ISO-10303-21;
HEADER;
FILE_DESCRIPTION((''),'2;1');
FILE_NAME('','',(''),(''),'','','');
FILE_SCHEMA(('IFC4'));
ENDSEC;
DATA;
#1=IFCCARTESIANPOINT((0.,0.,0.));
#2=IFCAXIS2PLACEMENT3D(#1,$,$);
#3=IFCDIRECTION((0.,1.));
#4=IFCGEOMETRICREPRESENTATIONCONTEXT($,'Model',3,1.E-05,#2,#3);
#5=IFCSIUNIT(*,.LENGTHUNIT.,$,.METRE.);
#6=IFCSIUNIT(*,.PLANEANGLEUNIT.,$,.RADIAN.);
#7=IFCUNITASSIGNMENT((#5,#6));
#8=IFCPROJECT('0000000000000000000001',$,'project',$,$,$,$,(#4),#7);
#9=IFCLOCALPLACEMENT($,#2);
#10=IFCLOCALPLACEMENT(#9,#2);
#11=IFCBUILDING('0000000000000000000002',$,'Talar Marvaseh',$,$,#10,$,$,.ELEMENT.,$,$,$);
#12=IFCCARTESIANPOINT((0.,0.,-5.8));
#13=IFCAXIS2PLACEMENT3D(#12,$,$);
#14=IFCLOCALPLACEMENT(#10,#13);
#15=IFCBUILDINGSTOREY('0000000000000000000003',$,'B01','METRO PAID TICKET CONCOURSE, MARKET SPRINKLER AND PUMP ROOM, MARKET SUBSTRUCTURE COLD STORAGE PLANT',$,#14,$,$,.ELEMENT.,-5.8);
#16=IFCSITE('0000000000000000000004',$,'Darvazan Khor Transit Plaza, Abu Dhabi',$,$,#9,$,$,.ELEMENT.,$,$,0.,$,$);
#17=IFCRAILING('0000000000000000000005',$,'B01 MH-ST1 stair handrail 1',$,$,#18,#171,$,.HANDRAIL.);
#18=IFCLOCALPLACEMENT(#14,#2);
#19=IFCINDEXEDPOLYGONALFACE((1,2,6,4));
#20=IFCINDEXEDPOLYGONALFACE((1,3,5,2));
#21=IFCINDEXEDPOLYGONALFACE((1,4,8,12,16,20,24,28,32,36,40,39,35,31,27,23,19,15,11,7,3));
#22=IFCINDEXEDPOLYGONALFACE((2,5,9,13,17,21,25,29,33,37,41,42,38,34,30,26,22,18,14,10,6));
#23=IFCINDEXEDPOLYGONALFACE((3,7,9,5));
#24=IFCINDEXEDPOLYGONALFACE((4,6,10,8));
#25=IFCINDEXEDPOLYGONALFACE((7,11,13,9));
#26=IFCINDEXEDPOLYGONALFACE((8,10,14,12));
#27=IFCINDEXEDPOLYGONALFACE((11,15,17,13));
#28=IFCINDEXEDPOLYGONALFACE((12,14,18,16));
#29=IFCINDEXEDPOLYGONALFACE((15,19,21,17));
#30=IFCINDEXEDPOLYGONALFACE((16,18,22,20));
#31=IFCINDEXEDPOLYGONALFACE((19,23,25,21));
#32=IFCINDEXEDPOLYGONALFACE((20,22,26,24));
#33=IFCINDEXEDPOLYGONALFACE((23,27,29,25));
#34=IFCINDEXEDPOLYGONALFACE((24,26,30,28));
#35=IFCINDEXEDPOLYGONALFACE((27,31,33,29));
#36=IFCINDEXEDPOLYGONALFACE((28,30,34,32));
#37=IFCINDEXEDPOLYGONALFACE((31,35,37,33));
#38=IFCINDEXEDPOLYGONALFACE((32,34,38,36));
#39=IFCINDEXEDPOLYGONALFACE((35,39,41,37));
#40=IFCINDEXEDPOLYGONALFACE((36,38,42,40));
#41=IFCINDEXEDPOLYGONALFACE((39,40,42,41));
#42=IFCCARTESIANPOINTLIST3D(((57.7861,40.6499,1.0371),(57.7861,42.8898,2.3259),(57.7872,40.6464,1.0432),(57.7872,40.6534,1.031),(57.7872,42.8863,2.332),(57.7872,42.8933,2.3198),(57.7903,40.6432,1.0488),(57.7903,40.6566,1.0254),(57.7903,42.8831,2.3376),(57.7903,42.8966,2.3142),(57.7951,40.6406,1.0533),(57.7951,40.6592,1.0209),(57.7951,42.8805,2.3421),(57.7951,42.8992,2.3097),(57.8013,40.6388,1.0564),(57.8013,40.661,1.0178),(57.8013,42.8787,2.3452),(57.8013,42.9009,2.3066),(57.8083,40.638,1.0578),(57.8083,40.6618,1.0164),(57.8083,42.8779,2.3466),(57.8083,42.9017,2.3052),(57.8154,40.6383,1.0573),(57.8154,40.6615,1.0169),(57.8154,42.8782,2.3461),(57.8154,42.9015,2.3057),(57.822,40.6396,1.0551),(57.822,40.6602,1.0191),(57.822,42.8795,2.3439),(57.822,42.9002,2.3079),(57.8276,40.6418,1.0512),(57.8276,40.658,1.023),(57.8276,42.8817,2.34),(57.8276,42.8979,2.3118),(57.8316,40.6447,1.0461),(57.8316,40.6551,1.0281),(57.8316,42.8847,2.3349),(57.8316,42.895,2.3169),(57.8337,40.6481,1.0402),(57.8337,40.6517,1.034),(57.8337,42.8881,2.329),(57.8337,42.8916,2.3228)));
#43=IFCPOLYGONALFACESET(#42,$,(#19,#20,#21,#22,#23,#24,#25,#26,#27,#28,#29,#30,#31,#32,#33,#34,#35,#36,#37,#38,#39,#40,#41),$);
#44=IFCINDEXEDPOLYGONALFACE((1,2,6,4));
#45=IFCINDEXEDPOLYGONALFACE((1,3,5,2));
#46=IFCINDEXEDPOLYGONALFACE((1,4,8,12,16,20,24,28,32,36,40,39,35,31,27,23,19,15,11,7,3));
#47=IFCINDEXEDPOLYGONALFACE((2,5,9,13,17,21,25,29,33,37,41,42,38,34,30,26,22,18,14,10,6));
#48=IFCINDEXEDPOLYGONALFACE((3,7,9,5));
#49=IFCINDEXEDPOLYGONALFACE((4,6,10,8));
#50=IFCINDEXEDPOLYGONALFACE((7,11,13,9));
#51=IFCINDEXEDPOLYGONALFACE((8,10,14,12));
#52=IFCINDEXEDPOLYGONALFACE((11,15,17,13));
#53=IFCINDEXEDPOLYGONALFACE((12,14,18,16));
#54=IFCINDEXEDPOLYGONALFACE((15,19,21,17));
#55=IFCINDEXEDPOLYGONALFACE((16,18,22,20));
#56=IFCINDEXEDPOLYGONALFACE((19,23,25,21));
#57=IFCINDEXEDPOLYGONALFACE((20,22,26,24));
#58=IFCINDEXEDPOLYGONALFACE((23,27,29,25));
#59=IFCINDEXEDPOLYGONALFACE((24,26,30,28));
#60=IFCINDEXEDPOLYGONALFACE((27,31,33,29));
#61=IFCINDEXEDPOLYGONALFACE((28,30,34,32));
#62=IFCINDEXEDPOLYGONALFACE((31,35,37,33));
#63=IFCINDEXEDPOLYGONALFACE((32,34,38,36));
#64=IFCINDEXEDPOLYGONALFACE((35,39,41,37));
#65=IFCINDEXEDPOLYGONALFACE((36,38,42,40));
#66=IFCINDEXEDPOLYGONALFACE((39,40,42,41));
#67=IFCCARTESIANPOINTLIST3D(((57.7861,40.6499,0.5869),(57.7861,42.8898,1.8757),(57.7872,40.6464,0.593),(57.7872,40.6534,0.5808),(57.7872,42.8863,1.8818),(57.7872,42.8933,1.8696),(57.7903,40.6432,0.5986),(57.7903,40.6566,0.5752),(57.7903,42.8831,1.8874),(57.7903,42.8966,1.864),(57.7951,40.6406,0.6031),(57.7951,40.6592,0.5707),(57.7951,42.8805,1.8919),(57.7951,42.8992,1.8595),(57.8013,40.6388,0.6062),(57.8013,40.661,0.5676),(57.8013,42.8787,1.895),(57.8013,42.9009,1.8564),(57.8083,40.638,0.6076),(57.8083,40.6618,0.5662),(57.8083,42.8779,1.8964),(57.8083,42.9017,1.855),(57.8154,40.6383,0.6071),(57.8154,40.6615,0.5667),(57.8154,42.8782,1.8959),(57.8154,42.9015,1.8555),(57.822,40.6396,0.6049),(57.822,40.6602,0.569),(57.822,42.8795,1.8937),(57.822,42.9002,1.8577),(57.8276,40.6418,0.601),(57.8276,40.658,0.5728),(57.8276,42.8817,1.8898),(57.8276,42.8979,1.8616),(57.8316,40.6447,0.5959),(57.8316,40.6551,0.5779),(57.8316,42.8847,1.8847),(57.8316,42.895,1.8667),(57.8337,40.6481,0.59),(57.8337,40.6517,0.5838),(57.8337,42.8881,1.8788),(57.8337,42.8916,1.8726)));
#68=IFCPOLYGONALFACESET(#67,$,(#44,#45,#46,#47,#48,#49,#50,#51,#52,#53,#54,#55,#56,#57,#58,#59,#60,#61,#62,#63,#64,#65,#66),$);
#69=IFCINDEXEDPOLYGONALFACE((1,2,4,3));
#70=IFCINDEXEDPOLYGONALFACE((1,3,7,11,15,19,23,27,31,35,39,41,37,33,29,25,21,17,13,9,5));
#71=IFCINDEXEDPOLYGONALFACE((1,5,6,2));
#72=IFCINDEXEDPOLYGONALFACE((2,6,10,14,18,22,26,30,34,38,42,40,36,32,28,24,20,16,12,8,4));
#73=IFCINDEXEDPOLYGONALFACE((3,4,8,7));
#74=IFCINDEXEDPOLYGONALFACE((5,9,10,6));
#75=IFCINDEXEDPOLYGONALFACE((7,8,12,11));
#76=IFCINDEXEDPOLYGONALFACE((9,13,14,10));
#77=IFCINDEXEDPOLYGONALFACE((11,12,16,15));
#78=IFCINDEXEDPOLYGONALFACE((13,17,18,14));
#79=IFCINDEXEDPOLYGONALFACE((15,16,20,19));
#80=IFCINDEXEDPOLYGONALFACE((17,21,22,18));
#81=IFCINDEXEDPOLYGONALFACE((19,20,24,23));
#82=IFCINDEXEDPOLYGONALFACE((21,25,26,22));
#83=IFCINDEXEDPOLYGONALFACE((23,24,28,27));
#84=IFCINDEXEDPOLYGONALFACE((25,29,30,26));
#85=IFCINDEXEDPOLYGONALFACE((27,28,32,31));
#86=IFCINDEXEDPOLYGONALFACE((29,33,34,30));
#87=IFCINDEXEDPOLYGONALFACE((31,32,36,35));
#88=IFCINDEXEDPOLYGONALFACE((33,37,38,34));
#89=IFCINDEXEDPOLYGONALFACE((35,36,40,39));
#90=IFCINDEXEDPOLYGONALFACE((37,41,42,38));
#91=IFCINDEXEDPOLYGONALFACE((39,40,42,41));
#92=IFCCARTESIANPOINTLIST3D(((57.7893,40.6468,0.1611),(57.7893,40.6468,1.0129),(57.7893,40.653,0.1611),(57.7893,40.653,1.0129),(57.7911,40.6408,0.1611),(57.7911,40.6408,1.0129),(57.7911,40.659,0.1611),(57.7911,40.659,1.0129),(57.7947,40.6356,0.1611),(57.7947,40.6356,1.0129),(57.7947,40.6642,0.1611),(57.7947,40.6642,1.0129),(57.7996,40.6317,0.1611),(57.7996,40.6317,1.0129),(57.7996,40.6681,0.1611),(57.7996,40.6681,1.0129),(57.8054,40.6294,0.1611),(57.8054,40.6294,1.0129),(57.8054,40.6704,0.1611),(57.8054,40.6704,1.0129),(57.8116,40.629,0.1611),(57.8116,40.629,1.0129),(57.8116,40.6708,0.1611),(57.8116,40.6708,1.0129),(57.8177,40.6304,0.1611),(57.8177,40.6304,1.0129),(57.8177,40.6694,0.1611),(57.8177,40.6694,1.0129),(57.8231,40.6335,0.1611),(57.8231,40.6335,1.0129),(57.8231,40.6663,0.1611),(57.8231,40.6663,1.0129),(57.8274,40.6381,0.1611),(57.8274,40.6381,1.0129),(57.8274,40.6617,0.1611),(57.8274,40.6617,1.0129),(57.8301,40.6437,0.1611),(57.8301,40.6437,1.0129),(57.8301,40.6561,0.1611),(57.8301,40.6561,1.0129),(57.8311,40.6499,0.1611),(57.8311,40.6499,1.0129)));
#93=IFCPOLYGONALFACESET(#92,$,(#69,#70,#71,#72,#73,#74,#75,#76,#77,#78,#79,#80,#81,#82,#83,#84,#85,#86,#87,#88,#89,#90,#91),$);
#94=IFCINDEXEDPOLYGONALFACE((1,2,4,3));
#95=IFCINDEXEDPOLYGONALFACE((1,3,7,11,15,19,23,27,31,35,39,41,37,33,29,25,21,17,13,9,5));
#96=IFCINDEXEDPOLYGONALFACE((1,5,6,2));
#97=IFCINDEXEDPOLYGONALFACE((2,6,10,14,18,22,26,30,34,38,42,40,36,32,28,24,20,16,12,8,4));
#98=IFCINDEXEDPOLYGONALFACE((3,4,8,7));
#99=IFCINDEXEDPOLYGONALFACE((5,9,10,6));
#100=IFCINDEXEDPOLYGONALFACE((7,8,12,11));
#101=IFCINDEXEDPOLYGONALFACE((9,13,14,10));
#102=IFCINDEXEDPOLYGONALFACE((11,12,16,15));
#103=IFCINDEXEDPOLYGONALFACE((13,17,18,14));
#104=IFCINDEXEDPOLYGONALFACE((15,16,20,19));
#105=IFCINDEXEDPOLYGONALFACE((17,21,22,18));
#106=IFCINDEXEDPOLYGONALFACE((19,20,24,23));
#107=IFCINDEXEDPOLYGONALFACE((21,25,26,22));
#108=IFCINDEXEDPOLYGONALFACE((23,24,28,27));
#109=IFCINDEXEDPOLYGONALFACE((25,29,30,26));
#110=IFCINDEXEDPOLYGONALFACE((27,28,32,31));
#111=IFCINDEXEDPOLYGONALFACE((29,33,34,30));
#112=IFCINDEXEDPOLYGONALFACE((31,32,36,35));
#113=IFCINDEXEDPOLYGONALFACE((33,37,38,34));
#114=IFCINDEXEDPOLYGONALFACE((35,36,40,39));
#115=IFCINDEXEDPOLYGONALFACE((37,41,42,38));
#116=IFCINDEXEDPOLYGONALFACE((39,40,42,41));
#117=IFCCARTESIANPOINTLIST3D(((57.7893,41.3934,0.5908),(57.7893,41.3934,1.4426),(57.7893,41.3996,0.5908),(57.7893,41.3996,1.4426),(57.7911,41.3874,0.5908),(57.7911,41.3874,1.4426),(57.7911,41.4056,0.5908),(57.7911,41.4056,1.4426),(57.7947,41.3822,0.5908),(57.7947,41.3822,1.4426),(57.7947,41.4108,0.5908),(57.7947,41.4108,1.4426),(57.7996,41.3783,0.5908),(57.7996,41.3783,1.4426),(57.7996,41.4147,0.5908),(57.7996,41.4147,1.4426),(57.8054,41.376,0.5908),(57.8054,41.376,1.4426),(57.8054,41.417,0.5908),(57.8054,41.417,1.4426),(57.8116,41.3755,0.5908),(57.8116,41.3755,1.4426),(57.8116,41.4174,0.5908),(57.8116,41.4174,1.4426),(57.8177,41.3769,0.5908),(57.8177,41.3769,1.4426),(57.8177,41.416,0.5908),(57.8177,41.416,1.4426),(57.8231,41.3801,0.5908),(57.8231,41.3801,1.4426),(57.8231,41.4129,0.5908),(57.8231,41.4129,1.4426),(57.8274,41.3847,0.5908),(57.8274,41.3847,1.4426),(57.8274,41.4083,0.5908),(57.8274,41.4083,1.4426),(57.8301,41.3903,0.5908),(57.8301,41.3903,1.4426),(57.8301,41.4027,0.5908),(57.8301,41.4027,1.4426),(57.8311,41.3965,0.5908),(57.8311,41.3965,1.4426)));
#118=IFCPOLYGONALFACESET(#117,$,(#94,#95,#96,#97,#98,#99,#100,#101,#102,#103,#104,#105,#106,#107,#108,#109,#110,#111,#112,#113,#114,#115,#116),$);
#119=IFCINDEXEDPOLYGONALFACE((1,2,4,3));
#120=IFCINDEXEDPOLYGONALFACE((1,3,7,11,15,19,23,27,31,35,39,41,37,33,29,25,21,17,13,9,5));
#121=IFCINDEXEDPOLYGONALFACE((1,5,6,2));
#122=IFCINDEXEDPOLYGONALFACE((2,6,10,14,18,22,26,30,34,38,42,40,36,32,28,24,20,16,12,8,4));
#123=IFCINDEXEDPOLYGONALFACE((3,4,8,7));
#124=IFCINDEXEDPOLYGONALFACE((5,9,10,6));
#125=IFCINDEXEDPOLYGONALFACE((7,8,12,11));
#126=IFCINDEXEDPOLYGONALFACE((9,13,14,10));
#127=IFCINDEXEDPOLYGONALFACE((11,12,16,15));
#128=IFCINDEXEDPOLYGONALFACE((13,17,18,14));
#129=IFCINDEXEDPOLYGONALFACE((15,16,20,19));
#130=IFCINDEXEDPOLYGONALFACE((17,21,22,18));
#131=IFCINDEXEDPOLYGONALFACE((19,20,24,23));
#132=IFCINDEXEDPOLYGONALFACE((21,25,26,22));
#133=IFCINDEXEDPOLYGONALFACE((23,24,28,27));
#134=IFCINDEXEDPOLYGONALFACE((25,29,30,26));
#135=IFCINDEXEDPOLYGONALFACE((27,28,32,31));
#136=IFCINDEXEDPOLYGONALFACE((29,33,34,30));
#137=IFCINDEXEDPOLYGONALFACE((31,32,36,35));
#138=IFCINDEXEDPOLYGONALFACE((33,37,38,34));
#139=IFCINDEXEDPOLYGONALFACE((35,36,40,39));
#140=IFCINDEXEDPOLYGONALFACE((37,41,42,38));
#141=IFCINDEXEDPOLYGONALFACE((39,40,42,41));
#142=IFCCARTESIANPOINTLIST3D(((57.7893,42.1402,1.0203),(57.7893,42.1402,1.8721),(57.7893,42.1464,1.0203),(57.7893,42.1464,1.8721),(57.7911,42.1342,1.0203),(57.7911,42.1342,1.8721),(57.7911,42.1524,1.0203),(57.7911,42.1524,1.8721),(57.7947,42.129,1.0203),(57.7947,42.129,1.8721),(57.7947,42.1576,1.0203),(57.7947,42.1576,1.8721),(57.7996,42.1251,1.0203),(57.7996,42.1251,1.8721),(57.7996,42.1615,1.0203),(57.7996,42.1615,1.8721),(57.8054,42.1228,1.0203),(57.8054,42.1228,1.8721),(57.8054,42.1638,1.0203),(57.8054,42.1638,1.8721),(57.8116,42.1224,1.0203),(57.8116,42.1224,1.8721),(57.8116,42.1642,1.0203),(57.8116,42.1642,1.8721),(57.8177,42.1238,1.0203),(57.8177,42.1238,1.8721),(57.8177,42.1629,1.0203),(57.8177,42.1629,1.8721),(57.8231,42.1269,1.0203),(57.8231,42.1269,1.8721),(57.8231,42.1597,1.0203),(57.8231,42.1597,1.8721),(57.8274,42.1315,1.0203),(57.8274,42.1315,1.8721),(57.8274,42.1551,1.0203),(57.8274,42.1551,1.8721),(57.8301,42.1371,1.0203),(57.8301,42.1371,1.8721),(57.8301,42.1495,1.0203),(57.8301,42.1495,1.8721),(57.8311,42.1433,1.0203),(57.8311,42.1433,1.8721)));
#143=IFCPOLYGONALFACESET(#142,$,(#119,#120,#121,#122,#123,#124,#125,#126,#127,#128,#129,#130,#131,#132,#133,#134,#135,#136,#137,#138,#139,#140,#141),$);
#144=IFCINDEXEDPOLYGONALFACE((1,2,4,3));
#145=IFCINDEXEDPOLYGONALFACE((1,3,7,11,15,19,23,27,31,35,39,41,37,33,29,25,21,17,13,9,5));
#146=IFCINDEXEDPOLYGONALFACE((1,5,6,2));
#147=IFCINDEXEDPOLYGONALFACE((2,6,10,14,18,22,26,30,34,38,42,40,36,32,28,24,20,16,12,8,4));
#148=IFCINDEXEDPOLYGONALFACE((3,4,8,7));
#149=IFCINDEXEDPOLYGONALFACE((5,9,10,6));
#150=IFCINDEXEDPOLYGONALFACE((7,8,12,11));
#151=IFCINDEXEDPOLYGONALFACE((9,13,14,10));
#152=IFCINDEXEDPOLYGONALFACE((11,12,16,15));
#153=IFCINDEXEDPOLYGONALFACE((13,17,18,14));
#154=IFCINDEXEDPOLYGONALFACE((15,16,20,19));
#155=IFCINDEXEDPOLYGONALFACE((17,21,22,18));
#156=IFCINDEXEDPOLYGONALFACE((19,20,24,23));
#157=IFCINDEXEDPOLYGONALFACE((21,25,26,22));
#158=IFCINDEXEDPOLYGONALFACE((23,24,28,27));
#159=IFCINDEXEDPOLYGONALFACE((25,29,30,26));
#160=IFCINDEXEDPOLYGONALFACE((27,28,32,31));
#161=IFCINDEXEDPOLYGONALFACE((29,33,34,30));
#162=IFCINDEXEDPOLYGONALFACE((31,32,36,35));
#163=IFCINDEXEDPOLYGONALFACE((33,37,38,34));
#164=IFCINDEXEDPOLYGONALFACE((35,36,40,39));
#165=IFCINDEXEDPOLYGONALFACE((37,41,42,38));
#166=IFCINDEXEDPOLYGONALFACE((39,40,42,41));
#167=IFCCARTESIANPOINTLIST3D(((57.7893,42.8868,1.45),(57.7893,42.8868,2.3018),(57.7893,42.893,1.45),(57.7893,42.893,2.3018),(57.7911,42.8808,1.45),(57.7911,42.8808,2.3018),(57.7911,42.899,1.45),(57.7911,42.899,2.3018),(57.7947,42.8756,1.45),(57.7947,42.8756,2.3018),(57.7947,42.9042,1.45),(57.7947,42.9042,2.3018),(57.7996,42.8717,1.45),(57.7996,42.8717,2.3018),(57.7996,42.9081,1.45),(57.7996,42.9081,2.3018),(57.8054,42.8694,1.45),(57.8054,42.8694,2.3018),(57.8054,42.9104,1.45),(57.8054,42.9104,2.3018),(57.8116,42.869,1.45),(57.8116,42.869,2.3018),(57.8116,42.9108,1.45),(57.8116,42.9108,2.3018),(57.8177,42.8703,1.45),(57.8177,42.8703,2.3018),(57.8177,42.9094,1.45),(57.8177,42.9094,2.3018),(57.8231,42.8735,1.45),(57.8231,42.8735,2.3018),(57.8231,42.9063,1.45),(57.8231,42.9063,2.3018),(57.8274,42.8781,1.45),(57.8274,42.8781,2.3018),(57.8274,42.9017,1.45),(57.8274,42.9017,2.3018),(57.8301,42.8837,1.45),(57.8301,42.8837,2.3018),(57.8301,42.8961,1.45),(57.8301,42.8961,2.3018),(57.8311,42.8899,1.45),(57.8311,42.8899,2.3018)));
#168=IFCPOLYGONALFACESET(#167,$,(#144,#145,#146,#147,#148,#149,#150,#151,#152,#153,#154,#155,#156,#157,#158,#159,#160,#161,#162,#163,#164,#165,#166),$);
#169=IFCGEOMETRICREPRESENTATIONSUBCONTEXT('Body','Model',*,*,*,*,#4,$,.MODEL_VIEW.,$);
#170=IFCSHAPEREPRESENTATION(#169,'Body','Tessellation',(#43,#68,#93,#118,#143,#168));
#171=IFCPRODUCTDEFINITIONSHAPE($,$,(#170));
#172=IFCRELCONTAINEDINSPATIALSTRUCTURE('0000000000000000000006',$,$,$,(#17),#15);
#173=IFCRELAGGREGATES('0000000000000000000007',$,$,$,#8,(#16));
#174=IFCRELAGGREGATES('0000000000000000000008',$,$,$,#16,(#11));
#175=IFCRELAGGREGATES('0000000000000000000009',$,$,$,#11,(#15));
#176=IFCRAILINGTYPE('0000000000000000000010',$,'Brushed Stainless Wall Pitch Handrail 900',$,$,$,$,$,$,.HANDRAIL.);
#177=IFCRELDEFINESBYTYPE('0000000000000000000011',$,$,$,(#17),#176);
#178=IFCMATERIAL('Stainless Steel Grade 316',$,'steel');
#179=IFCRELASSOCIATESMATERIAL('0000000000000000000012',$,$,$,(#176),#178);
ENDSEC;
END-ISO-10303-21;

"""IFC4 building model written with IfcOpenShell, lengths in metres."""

from ifc_helpers import new_model, si_unit, direction, frame, origin, origin_2d, place, context, subcontext, project, spatial, circle, extrude, material, type_object, element, save


model = new_model("IFC4")

# Units and contexts
model_context = context("Model", 3, precision=1e-05, world=origin(), true_north=direction((0.0, 1.0)))
body_context = subcontext(model_context, "Body", "Model", "MODEL_VIEW")
ifc_project = project(units=[si_unit("LENGTHUNIT", "METRE"), si_unit("PLANEANGLEUNIT", "RADIAN")], contexts=[model_context])

# Site, building, storey
site_placement = place(None, origin())
site = spatial("IfcSite", under=ifc_project, at=site_placement, Name="Darvazan Khor Transit Plaza, Abu Dhabi", CompositionType="ELEMENT", RefElevation=0.0)
building_placement = place(site_placement, origin())
building = spatial("IfcBuilding", under=site, at=building_placement, Name="Talar Marvaseh", CompositionType="ELEMENT")
storey_placement = place(building_placement, frame((0.0, 0.0, -5.8)))
storey = spatial("IfcBuildingStorey", under=building, at=storey_placement, Name="B01", Description="METRO PAID TICKET CONCOURSE, MARKET SPRINKLER AND PUMP ROOM, MARKET SUBSTRUCTURE COLD STORAGE PLANT", CompositionType="ELEMENT", Elevation=-5.8)

# Railing
ifc_material_1 = material(Name="Stainless Steel Grade 316", Category="steel")
railing_type_1 = type_object("IfcRailingType", Name="Brushed Stainless Wall Pitch Handrail 900", PredefinedType="HANDRAIL", material=ifc_material_1)
for number, where, name in (
    (1, (57.8101, 40.6499, 0.1611), "B01 MH-ST1 stair handrail 1"),
):
    element("IfcRailing", number, at=place(storey_placement, frame(where)), inside=storey, type_object=railing_type_1, Name=name, PredefinedType="HANDRAIL", context=body_context, shape_type="SweptSolid", body=[
        extrude(circle(Radius=0.0239, at=origin_2d()), frame((0.0, 0.0, 0.876), z_axis=(0.0, 0.866768, 0.498711), x_axis=(-1.0, 0.0, 0.0)), (0.0, 0.0, 1.0), 2.5842),
        extrude(circle(Radius=0.0239, at=origin_2d()), frame((0.0, 0.0, 0.4258), z_axis=(0.0, 0.866768, 0.498711), x_axis=(-1.0, 0.0, 0.0)), (0.0, 0.0, 1.0), 2.5842),
        extrude(circle(Radius=0.021, at=origin_2d()), origin(), (0.0, 0.0, 1.0), 0.8518),
        extrude(circle(Radius=0.021, at=origin_2d()), frame((0.0, 0.7466, 0.4297)), (0.0, 0.0, 1.0), 0.8518),
        extrude(circle(Radius=0.021, at=origin_2d()), frame((0.0, 1.4934, 0.8591)), (0.0, 0.0, 1.0), 0.8518),
        extrude(circle(Radius=0.021, at=origin_2d()), frame((0.0, 2.24, 1.2888)), (0.0, 0.0, 1.0), 0.8518),
    ])

save(model, "model.ifc")
